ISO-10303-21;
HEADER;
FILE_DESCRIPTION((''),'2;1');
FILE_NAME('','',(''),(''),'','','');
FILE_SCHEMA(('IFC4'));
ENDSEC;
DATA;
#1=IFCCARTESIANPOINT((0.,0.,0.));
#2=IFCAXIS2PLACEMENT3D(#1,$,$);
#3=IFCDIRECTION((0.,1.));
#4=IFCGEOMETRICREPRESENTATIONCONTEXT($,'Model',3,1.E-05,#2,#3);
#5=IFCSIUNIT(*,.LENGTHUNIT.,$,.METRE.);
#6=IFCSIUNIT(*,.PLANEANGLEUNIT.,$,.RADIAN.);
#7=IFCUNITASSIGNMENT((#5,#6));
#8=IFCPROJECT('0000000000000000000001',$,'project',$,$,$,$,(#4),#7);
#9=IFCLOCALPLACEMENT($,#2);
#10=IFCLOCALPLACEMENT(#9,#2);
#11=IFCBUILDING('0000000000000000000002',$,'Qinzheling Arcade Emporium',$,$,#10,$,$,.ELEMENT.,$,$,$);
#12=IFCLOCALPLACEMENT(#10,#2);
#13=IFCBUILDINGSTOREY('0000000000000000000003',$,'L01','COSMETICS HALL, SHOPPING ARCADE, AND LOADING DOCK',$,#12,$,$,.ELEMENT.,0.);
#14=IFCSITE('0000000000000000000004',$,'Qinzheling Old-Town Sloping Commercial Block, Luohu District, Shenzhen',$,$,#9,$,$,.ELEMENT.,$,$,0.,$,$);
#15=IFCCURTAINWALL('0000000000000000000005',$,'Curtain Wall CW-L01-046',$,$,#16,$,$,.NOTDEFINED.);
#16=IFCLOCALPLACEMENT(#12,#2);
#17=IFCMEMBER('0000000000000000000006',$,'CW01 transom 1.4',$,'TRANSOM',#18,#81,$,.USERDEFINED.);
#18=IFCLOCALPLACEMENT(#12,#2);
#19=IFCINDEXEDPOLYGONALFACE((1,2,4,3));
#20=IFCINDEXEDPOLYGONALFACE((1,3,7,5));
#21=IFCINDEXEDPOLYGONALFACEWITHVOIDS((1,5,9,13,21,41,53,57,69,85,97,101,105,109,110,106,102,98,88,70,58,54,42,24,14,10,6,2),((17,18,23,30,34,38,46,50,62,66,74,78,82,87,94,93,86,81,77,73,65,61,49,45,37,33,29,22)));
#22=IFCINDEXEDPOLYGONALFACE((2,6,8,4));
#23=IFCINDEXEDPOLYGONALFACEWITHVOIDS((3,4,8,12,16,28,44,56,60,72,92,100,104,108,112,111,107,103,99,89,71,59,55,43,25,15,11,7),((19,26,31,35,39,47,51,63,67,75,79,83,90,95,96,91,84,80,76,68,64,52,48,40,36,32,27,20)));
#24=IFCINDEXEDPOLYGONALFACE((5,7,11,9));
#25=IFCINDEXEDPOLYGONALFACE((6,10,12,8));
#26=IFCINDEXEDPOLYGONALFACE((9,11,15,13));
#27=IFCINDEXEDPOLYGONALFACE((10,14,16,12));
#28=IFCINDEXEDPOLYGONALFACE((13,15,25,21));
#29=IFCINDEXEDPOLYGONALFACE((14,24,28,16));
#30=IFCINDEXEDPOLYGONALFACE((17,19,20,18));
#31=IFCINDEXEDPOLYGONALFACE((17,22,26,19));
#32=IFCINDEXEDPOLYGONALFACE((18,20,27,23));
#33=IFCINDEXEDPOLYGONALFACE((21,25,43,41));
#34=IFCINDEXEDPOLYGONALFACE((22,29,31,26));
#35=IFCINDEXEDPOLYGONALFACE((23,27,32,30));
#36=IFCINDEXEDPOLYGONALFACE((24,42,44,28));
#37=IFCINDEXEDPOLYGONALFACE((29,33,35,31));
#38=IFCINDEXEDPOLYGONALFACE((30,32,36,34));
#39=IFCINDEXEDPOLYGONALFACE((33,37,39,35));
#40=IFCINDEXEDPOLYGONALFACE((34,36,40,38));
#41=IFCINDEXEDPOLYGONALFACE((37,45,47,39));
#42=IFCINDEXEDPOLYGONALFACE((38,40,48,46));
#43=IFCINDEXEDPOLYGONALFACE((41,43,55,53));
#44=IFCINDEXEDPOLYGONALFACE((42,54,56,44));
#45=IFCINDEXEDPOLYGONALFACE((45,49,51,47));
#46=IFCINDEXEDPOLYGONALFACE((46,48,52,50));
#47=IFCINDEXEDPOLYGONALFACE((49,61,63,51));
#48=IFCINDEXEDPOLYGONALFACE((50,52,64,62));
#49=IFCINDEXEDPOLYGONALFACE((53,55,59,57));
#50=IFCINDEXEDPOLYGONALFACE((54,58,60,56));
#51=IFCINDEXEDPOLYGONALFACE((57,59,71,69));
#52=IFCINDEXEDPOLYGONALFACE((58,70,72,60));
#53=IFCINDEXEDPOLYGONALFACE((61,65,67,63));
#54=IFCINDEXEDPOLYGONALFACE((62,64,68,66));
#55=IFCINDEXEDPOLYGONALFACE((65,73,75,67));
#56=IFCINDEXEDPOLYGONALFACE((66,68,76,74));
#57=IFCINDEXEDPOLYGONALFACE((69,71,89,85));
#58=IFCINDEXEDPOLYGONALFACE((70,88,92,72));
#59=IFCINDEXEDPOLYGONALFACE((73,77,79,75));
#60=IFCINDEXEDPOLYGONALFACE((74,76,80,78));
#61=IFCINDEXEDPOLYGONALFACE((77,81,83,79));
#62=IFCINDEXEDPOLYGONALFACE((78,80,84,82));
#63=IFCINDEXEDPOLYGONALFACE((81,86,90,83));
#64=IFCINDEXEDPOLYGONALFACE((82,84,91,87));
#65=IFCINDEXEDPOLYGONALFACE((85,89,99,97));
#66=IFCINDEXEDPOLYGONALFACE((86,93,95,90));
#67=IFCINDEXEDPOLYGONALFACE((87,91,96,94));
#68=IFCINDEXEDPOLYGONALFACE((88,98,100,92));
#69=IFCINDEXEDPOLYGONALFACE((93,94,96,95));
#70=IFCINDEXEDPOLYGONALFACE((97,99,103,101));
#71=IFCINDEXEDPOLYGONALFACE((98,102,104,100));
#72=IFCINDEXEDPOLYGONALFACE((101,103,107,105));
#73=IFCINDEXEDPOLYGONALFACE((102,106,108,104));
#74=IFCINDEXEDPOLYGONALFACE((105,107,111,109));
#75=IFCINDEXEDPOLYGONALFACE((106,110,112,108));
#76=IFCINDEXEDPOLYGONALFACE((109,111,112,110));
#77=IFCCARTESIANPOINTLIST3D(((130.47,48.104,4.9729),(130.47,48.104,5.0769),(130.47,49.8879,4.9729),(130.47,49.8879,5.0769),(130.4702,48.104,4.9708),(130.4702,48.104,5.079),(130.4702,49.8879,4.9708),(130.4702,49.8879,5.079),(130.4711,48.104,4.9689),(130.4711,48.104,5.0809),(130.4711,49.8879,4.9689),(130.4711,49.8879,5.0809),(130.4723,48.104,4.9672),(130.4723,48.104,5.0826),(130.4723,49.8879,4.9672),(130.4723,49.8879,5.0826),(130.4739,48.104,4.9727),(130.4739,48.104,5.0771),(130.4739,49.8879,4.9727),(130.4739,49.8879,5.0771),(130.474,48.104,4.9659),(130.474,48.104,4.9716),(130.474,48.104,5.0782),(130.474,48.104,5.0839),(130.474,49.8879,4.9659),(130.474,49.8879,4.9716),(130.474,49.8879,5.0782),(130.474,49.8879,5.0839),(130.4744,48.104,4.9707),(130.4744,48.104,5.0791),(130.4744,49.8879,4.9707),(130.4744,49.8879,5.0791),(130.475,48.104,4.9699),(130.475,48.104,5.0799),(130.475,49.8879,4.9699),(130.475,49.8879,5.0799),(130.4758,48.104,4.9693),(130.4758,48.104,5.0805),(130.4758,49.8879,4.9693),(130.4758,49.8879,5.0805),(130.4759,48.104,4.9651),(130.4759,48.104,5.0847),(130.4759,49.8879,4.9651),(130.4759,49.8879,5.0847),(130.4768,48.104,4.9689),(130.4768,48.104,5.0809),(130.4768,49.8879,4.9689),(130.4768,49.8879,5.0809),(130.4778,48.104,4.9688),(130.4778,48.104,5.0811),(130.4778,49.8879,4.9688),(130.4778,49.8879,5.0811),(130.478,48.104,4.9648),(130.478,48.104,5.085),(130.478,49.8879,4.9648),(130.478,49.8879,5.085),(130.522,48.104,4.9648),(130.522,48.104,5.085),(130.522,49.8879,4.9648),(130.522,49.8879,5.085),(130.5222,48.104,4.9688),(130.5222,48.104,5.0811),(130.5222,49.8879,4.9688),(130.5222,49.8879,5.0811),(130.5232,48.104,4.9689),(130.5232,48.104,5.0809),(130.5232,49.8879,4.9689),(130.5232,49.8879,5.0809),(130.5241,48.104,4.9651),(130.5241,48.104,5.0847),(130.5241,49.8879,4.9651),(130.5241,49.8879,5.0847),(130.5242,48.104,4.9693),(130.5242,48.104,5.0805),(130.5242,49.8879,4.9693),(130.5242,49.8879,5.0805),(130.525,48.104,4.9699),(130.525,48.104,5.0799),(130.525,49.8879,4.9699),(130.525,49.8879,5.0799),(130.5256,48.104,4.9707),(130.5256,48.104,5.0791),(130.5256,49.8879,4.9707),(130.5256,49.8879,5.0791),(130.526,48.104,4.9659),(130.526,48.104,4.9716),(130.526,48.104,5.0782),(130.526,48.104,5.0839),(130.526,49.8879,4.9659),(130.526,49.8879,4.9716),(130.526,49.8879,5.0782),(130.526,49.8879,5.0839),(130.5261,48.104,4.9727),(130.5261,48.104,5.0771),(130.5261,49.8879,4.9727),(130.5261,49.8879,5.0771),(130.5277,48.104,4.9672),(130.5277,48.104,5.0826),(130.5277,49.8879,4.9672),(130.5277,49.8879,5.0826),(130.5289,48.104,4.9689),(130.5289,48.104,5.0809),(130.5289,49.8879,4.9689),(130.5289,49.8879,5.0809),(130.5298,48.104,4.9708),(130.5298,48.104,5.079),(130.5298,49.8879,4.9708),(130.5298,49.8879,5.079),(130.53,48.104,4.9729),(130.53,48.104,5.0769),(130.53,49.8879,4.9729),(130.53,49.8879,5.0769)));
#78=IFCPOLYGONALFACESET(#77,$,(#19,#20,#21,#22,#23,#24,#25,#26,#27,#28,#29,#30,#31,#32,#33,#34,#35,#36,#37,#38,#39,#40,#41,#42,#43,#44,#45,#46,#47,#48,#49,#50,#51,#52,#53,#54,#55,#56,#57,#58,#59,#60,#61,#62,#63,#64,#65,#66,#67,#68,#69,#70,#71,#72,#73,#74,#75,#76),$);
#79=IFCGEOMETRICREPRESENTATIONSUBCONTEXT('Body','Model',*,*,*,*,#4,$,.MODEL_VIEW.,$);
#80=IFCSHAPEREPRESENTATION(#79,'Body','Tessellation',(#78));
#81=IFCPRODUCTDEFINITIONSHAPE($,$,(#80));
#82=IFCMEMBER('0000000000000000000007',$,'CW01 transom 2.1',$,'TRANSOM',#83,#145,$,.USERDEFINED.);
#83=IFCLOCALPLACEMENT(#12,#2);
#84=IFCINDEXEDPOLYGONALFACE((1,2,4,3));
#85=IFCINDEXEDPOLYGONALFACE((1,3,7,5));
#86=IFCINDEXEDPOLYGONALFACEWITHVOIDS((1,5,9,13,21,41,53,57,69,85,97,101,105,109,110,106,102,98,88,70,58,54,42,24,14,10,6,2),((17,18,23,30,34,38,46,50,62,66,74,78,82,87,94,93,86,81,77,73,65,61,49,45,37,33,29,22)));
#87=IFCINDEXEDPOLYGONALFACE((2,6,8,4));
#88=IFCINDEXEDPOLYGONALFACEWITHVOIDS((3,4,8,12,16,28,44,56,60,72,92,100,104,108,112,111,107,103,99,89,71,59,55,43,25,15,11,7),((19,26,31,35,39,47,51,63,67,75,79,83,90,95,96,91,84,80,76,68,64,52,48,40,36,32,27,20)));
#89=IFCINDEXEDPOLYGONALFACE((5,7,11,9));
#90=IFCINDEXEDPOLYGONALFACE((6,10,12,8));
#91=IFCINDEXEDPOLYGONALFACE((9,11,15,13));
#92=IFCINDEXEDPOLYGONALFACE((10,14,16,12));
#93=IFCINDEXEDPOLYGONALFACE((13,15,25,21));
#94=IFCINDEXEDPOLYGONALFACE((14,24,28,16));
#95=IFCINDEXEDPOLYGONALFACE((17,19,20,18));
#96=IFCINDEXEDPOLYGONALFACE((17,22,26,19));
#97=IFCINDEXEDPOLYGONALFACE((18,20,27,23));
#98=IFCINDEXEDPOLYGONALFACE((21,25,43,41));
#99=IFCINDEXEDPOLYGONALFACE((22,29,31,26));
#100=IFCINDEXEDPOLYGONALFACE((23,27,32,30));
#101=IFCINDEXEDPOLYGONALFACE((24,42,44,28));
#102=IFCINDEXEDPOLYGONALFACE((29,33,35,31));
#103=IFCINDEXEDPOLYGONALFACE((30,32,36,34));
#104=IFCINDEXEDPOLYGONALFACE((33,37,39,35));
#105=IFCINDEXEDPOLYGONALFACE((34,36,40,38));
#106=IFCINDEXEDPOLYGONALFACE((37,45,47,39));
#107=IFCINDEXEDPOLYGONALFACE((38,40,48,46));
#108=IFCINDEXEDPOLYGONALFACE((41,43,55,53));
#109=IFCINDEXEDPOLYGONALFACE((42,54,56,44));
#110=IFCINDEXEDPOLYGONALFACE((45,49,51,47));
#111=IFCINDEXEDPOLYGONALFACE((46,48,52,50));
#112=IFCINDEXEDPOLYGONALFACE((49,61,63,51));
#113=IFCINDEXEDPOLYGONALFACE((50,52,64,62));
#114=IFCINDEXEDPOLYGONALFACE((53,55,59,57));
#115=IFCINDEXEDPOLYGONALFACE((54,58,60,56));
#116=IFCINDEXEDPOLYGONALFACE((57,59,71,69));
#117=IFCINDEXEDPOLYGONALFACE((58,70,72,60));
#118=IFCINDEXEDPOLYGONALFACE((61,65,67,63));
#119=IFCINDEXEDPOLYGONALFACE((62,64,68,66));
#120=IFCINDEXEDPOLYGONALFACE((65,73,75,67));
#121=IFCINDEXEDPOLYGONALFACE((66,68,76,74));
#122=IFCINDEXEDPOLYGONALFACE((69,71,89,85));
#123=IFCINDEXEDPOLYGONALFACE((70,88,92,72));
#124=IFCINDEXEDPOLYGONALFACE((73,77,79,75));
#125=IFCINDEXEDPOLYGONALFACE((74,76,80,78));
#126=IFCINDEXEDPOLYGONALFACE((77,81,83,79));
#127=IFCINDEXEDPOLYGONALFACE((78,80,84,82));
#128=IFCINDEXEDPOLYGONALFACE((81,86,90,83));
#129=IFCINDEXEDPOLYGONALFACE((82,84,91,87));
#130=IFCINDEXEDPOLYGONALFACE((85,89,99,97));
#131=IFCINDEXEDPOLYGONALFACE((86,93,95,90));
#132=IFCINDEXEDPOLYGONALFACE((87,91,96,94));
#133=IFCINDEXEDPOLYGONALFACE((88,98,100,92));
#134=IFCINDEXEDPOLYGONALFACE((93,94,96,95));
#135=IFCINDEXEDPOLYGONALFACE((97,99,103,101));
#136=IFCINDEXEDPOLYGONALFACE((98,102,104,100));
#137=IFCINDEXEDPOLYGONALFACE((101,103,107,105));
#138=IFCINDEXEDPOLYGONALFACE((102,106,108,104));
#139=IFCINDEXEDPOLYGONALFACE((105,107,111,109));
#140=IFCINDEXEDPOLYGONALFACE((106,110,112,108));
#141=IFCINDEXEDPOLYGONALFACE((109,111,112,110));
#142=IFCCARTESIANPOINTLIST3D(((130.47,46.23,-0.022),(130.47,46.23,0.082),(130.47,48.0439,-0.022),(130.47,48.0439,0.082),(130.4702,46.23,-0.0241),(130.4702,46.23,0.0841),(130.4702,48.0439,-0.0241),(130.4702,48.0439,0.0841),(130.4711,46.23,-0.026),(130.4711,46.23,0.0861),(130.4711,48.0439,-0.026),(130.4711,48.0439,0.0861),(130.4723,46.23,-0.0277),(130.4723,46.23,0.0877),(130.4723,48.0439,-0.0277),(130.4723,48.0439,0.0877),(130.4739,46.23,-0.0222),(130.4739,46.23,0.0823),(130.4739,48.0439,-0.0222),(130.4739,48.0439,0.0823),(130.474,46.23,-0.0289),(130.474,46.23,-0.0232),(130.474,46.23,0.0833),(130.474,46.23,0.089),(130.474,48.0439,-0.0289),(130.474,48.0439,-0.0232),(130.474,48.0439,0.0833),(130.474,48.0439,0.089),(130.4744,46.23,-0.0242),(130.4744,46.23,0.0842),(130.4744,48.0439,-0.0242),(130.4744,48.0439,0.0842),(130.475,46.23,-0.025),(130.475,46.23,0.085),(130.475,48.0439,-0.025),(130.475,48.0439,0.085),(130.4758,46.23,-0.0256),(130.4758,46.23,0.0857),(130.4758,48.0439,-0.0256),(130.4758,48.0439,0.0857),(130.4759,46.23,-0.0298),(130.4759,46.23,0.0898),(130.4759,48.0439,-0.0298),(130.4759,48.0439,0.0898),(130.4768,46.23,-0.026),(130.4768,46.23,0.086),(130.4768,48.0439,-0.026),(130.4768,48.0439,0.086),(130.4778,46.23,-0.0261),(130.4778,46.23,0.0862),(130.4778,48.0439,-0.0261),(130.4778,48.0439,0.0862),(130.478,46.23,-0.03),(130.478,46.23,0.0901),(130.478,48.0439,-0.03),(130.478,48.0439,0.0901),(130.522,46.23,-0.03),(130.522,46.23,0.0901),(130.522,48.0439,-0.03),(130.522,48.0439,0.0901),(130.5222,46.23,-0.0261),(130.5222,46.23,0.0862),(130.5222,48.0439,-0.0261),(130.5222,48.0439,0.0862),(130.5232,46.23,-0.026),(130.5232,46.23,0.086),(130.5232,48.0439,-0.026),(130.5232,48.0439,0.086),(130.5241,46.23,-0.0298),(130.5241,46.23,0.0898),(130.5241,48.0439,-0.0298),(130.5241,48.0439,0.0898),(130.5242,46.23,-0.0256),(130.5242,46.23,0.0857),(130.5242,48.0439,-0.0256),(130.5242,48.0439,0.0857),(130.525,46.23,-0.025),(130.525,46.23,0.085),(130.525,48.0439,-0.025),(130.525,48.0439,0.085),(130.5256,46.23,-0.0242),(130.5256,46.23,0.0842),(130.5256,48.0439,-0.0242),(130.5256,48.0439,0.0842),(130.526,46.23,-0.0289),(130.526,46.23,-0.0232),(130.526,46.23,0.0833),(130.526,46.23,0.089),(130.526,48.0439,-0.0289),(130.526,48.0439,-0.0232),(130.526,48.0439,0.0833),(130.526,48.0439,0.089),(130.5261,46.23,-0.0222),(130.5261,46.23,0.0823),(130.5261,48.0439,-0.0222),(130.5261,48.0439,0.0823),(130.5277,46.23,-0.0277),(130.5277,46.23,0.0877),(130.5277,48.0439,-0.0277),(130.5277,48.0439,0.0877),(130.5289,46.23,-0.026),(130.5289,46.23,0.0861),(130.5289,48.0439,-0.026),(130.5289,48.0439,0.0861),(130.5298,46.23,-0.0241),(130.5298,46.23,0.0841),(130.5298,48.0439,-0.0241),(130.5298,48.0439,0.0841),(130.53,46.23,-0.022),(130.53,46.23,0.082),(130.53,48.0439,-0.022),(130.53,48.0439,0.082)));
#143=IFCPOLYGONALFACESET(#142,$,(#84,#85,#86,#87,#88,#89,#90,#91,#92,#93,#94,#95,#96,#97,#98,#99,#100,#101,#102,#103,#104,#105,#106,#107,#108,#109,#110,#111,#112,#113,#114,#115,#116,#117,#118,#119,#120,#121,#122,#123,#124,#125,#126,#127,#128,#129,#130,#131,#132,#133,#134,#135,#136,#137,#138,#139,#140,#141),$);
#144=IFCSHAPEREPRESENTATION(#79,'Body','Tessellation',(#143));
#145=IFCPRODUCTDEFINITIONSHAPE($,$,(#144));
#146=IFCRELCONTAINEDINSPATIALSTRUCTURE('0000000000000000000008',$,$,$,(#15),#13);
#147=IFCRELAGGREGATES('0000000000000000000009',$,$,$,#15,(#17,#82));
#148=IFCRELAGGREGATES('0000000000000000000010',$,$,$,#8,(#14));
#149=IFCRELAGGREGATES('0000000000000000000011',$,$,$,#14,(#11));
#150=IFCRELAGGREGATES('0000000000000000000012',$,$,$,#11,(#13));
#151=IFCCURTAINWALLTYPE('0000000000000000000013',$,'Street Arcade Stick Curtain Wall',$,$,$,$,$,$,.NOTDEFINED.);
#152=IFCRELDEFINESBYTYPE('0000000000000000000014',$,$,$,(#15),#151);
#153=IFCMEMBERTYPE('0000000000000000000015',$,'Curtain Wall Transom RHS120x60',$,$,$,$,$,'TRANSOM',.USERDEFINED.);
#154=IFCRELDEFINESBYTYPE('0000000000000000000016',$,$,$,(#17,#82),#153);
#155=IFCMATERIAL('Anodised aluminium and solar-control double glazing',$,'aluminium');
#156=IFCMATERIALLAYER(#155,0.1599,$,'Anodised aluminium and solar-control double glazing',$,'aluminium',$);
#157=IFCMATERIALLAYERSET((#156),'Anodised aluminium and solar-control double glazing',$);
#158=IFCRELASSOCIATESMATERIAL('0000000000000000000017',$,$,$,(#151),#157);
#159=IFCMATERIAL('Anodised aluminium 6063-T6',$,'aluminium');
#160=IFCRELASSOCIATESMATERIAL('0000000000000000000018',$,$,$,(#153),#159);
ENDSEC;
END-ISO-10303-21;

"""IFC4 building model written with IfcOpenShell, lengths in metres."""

from ifc_helpers import new_model, si_unit, direction, frame, origin, origin_2d, place, context, subcontext, project, spatial, hollow_rectangle, extrude, material, layer, layer_set, material_profile, profile_set, type_object, element, aggregate, save


model = new_model("IFC4")

# Units and contexts
model_context = context("Model", 3, precision=1e-05, world=origin(), true_north=direction((0.0, 1.0)))
body_context = subcontext(model_context, "Body", "Model", "MODEL_VIEW")
ifc_project = project(units=[si_unit("LENGTHUNIT", "METRE"), si_unit("PLANEANGLEUNIT", "RADIAN")], contexts=[model_context])

# Site, building, storey
site_placement = place(None, origin())
site = spatial("IfcSite", under=ifc_project, at=site_placement, Name="Qinzheling Old-Town Sloping Commercial Block, Luohu District, Shenzhen", CompositionType="ELEMENT", RefElevation=0.0)
building_placement = place(site_placement, origin())
building = spatial("IfcBuilding", under=site, at=building_placement, Name="Qinzheling Arcade Emporium", CompositionType="ELEMENT")
storey_placement = place(building_placement, origin())
storey = spatial("IfcBuildingStorey", under=building, at=storey_placement, Name="L01", Description="COSMETICS HALL, SHOPPING ARCADE, AND LOADING DOCK", CompositionType="ELEMENT", Elevation=0.0)

# Shared definitions
ifc_material_1 = material(Name="Anodised aluminium and solar-control double glazing", Category="aluminium")
ifc_layer_1 = layer(ifc_material_1, 0.1599, Name="Anodised aluminium and solar-control double glazing", Category="aluminium")
ifc_layer_set_1 = layer_set([ifc_layer_1], Name="Anodised aluminium and solar-control double glazing")
curtain_wall_type = type_object("IfcCurtainWallType", Name="Street Arcade Stick Curtain Wall", PredefinedType="NOTDEFINED", material=ifc_layer_set_1)
ifc_material_2 = material(Name="Anodised aluminium 6063-T6", Category="aluminium")

# Curtain wall, members
curtain_wall_1_placement = place(storey_placement, origin())
curtain_wall_1 = element("IfcCurtainWall", 1, at=curtain_wall_1_placement, inside=storey, type_object=curtain_wall_type, Name="Curtain Wall CW-L01-046", PredefinedType="NOTDEFINED")
ifc_material_profile_1 = material_profile(ifc_material_2, hollow_rectangle(XDim=0.0601, YDim=0.1201, WallThickness=0.0039, InnerFilletRadius=0.0039, OuterFilletRadius=0.0081, at=origin_2d()), Name="RHS 120x60x4", Category="aluminium")
ifc_profile_set_1 = profile_set([ifc_material_profile_1], Name="Anodised aluminium 6063-T6")
member_type_1 = type_object("IfcMemberType", Name="Curtain Wall Transom RHS120x60", ElementType="TRANSOM", PredefinedType="USERDEFINED", material=ifc_profile_set_1)
member_1_placement = place(storey_placement, frame((130.5, 49.8879, 5.0249), z_axis=(0.0, -1.0, 0.0), x_axis=(1.0, 0.0, 0.0)))
member_1 = element("IfcMember", 2, at=member_1_placement, type_object=member_type_1, Name="CW01 transom 1.4", ObjectType="TRANSOM", PredefinedType="USERDEFINED", context=body_context, shape_type="SweptSolid", body=[
    extrude(hollow_rectangle(XDim=0.0601, YDim=0.1201, WallThickness=0.0039, InnerFilletRadius=0.0039, OuterFilletRadius=0.0081, at=origin_2d()), origin(), (0.0, 0.0, 1.0), 1.7839),
])
member_2_placement = place(storey_placement, frame((130.5, 48.0439, 0.03), z_axis=(0.0, -1.0, 0.0), x_axis=(1.0, 0.0, 0.0)))
member_2 = element("IfcMember", 3, at=member_2_placement, type_object=member_type_1, Name="CW01 transom 2.1", ObjectType="TRANSOM", PredefinedType="USERDEFINED", context=body_context, shape_type="SweptSolid", body=[
    extrude(hollow_rectangle(XDim=0.0601, YDim=0.1201, WallThickness=0.0039, InnerFilletRadius=0.0039, OuterFilletRadius=0.0081, at=origin_2d()), origin(), (0.0, 0.0, 1.0), 1.814),
])

aggregate(curtain_wall_1, [member_1, member_2])

save(model, "model.ifc")
